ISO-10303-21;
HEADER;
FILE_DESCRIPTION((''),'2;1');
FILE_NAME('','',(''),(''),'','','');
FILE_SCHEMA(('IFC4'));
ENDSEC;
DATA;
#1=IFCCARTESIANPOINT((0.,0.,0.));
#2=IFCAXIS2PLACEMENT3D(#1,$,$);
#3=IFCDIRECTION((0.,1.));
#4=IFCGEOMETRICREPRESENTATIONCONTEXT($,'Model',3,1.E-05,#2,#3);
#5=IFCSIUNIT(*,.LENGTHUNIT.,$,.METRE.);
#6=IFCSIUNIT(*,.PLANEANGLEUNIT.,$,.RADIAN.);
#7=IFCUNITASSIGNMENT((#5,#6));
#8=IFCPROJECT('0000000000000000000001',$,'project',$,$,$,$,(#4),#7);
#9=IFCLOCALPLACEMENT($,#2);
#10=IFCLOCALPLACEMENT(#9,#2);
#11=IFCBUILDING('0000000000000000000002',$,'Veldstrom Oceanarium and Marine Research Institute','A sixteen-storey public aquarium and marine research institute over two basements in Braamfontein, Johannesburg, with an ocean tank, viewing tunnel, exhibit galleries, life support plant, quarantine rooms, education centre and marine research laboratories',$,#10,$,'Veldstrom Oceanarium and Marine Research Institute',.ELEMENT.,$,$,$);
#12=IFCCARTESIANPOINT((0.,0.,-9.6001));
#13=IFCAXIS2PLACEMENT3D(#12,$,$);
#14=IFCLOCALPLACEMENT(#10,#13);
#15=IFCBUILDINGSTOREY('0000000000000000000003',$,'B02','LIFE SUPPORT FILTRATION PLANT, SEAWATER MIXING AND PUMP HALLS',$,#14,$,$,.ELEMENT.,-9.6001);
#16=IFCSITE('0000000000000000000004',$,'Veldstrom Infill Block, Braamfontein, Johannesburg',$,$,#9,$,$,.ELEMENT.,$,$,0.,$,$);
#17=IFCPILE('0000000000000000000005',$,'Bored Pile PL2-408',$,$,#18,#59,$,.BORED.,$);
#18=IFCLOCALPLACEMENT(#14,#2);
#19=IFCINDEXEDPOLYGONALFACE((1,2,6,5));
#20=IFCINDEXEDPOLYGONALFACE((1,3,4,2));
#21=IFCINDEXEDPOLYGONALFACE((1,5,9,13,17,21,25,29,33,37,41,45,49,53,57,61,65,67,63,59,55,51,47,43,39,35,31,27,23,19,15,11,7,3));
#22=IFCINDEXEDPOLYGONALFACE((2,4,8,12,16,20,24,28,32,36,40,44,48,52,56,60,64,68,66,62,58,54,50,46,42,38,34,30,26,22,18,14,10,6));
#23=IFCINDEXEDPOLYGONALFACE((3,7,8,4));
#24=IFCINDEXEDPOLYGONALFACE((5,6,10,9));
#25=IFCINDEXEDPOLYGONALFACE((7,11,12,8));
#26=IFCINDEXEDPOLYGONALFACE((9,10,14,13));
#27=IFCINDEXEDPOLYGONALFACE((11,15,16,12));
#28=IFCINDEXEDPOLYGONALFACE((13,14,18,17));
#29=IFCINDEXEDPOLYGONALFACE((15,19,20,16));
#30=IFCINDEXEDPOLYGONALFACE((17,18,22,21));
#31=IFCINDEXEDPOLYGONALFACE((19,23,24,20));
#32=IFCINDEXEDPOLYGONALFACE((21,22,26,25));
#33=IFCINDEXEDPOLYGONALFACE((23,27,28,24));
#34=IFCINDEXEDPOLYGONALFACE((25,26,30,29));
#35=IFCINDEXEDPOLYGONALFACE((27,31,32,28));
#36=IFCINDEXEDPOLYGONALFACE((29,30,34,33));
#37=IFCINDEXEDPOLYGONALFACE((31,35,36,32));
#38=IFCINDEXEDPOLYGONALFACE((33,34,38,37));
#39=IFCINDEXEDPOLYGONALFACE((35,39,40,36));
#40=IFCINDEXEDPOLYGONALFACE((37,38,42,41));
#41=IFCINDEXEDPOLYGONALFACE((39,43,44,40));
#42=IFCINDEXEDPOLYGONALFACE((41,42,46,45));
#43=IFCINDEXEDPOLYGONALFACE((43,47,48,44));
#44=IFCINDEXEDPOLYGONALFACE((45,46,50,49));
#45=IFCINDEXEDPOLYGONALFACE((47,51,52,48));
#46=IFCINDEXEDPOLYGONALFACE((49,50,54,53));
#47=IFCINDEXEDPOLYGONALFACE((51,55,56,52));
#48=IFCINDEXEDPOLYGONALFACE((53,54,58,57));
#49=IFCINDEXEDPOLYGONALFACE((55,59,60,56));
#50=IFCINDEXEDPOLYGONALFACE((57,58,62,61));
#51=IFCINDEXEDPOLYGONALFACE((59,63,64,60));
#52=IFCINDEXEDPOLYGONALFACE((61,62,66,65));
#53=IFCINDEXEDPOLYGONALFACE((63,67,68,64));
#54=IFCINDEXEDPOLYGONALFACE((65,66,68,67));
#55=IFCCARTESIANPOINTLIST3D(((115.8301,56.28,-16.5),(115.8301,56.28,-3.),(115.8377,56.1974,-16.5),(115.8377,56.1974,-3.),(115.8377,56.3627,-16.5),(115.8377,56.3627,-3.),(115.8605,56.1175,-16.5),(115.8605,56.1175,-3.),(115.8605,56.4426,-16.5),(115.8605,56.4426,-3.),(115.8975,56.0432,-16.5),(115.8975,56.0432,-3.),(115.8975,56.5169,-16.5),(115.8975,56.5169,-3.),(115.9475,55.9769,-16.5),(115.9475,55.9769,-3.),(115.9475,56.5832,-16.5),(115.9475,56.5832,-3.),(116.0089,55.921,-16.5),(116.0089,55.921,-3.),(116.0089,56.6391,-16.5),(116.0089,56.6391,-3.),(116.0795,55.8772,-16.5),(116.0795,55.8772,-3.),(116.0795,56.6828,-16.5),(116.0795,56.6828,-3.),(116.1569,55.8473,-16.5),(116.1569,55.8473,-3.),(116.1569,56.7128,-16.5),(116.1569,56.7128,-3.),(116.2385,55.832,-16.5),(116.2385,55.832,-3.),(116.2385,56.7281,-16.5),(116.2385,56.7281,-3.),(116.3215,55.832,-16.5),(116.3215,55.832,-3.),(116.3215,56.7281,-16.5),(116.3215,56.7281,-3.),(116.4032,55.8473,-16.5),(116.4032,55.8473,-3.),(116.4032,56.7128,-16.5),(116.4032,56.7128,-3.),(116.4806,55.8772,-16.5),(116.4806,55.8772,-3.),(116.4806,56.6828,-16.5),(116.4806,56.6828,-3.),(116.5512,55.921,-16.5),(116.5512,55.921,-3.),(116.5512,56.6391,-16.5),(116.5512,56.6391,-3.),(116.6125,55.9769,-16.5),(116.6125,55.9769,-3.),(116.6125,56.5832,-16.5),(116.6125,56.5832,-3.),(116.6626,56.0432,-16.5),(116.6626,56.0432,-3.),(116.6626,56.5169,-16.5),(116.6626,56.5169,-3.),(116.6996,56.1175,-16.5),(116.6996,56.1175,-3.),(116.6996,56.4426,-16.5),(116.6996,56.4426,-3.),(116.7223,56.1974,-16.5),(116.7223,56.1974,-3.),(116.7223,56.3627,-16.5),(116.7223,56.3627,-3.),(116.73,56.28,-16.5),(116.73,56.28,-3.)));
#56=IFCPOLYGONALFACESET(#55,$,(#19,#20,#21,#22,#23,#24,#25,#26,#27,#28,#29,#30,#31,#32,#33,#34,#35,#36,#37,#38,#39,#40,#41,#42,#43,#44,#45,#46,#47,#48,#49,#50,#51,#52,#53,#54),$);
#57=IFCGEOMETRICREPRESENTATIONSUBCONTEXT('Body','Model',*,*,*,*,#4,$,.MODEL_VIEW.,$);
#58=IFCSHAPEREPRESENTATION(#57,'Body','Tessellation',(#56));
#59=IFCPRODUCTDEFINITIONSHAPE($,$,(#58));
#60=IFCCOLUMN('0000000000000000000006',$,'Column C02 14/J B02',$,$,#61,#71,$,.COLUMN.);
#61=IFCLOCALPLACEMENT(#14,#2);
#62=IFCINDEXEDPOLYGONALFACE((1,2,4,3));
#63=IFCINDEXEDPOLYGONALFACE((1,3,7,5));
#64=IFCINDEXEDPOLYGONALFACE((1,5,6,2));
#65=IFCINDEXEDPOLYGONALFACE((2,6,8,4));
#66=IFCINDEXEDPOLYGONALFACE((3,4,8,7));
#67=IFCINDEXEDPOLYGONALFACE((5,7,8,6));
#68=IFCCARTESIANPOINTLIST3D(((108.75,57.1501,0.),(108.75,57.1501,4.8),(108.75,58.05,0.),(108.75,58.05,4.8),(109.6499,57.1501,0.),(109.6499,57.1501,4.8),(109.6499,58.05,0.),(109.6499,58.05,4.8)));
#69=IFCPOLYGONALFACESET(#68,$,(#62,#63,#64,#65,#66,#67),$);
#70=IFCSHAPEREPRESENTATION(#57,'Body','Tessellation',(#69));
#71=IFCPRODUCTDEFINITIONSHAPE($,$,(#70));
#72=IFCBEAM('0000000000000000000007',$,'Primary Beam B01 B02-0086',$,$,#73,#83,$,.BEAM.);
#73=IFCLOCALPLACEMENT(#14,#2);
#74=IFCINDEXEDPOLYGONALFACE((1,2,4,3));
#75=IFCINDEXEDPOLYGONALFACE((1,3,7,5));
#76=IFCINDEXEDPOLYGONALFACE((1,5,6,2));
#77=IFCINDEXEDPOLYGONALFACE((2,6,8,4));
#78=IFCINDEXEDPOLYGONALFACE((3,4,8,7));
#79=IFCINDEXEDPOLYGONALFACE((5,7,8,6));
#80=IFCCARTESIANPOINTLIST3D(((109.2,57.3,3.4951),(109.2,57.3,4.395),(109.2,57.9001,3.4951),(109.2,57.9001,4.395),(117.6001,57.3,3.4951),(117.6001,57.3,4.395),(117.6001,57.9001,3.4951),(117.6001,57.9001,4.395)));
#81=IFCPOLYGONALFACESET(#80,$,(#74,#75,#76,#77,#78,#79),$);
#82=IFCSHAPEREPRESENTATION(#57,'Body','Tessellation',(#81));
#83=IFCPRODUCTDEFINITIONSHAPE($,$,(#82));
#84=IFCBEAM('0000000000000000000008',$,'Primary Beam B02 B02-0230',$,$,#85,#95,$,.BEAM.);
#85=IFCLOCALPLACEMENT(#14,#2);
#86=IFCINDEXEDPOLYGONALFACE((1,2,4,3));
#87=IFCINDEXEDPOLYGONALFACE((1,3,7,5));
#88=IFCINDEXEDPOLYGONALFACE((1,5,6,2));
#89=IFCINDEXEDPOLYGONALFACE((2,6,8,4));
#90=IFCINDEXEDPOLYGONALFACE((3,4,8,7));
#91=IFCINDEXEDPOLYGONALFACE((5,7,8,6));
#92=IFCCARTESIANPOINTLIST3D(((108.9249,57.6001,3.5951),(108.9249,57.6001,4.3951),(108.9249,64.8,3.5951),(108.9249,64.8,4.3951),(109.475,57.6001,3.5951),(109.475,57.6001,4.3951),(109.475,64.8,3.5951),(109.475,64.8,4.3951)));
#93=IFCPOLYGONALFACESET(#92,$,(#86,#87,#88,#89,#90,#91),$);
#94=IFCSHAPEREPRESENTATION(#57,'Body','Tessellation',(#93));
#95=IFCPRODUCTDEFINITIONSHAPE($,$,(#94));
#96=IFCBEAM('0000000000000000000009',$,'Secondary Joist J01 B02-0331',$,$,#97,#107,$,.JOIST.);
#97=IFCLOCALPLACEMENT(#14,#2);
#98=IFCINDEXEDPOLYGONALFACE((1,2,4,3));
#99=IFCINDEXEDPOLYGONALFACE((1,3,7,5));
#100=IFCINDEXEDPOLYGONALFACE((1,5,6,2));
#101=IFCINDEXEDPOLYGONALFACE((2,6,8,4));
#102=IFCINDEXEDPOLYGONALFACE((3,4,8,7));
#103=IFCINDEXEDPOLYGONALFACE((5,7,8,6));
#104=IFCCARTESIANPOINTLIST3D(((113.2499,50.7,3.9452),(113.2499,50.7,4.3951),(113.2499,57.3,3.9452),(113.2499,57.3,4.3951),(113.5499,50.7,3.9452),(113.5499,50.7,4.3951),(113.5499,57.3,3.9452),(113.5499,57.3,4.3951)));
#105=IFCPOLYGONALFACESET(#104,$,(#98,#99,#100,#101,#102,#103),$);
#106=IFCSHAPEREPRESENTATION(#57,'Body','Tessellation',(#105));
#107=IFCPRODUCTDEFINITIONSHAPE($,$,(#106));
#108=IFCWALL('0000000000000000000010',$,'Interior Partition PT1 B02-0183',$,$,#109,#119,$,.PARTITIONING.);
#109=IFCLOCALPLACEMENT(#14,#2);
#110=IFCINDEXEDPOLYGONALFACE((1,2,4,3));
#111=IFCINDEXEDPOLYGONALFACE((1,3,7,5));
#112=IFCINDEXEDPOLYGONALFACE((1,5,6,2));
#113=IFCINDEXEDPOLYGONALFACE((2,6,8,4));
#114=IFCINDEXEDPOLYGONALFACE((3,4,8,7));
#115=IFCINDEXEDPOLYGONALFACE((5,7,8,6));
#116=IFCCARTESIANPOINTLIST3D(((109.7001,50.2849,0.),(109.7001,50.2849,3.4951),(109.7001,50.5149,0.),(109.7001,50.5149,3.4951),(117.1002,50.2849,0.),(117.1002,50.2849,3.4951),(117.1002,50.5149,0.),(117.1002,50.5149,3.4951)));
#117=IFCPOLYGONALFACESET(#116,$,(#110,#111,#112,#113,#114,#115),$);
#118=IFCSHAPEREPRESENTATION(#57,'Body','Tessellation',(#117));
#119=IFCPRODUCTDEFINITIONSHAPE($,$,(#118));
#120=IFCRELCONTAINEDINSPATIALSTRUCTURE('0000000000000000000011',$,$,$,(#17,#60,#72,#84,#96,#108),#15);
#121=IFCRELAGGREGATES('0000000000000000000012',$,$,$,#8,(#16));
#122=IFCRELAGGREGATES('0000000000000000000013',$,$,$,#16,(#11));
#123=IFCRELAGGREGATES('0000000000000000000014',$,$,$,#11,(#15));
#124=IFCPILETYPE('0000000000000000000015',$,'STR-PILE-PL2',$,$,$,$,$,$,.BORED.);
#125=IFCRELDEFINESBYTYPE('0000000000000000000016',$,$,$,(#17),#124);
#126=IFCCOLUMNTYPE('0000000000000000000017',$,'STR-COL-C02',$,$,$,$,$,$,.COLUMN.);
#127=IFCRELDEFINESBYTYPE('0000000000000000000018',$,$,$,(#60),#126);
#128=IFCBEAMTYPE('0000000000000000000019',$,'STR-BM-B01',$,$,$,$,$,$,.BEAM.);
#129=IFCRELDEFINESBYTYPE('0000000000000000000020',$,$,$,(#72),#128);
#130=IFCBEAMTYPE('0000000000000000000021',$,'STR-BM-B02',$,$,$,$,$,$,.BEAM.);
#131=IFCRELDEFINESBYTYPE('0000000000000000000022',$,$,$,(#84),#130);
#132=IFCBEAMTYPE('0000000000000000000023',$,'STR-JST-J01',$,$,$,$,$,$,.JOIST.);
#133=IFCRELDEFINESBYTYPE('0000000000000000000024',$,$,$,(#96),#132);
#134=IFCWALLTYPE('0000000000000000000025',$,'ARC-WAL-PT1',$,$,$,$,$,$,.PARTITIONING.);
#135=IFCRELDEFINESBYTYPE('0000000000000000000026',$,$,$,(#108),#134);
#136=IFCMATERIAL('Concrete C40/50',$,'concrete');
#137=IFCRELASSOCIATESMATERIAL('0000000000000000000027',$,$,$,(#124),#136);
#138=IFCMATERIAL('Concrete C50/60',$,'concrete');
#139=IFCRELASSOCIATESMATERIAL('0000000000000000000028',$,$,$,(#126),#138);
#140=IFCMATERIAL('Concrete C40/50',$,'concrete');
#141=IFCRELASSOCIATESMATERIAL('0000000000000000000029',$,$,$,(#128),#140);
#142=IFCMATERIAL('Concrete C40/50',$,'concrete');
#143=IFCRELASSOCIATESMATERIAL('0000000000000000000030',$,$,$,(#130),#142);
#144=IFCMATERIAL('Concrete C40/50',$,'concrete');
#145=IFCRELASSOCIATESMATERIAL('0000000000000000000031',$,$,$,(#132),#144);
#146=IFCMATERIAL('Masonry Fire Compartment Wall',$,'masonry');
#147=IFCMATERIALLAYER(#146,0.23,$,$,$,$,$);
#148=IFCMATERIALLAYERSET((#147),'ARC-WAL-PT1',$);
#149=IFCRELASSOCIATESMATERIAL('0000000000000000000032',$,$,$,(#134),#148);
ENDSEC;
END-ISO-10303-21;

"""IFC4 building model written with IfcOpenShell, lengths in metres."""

from ifc_helpers import new_model, si_unit, direction, frame, frame_2d, origin, origin_2d, place, context, subcontext, project, spatial, rectangle, circle, extrude, material, layer, layer_set, material_profile, profile_set, type_object, element, save


model = new_model("IFC4")

# Units and contexts
model_context = context("Model", 3, precision=1e-05, world=origin(), true_north=direction((0.0, 1.0)))
body_context = subcontext(model_context, "Body", "Model", "MODEL_VIEW")
ifc_project = project(units=[si_unit("LENGTHUNIT", "METRE"), si_unit("PLANEANGLEUNIT", "RADIAN")], contexts=[model_context])

# Site, building, storey
site_placement = place(None, origin())
site = spatial("IfcSite", under=ifc_project, at=site_placement, Name="Veldstrom Infill Block, Braamfontein, Johannesburg", CompositionType="ELEMENT", RefElevation=0.0)
building_placement = place(site_placement, origin())
building = spatial("IfcBuilding", under=site, at=building_placement, Name="Veldstrom Oceanarium and Marine Research Institute", Description="A sixteen-storey public aquarium and marine research institute over two basements in Braamfontein, Johannesburg, with an ocean tank, viewing tunnel, exhibit galleries, life support plant, quarantine rooms, education centre and marine research laboratories", LongName="Veldstrom Oceanarium and Marine Research Institute", CompositionType="ELEMENT")
storey_placement = place(building_placement, frame((0.0, 0.0, -9.6001)))
storey = spatial("IfcBuildingStorey", under=building, at=storey_placement, Name="B02", Description="LIFE SUPPORT FILTRATION PLANT, SEAWATER MIXING AND PUMP HALLS", CompositionType="ELEMENT", Elevation=-9.6001)

# Pile
ifc_material_1 = material(Name="Concrete C40/50", Category="concrete")
ifc_material_profile_1 = material_profile(ifc_material_1, circle(Radius=0.45, at=origin_2d()), Name="PILE-D900")
ifc_profile_set_1 = profile_set([ifc_material_profile_1], Name="Concrete C40/50")
pile_type = type_object("IfcPileType", Name="STR-PILE-PL2", PredefinedType="BORED", material=ifc_profile_set_1)
for number, where, z_axis, x_axis, name in (
    (1, (116.28, 56.28, -3.0), (0.0, 0.0, -1.0), (1.0, 0.0, 0.0), "Bored Pile PL2-408"),
):
    element("IfcPile", number, at=place(storey_placement, frame(where, z_axis=z_axis, x_axis=x_axis)), inside=storey, type_object=pile_type, Name=name, PredefinedType="BORED", context=body_context, shape_type="SweptSolid", body=[
        extrude(circle(Radius=0.45, at=origin_2d()), origin(), (0.0, 0.0, 1.0), 13.5),
    ])

# Column
ifc_material_2 = material(Name="Concrete C50/60", Category="concrete")
ifc_material_profile_2 = material_profile(ifc_material_2, rectangle(XDim=0.8999, YDim=0.8999, at=origin_2d()), Name="RC-COL-900x900")
ifc_profile_set_2 = profile_set([ifc_material_profile_2], Name="Concrete C50/60")
column_type = type_object("IfcColumnType", Name="STR-COL-C02", PredefinedType="COLUMN", material=ifc_profile_set_2)
column_placement = place(storey_placement, frame((109.2, 57.6001, 0.0), z_axis=(0.0, 0.0, 1.0), x_axis=(1.0, 0.0, 0.0)))
element("IfcColumn", 2, at=column_placement, inside=storey, type_object=column_type, Name="Column C02 14/J B02", PredefinedType="COLUMN", context=body_context, shape_type="SweptSolid", body=[
    extrude(rectangle(XDim=0.8999, YDim=0.8999, at=origin_2d()), origin(), (0.0, 0.0, 1.0), 4.8),
])

# Beams
ifc_material_3 = material(Name="Concrete C40/50", Category="concrete")
ifc_material_profile_3 = material_profile(ifc_material_3, rectangle(XDim=0.6001, YDim=0.8999, at=origin_2d()), Name="RC-BM-600x900")
ifc_profile_set_3 = profile_set([ifc_material_profile_3], Name="Concrete C40/50")
beam_type_1 = type_object("IfcBeamType", Name="STR-BM-B01", PredefinedType="BEAM", material=ifc_profile_set_3)
beam_1_placement = place(storey_placement, frame((109.2, 57.6001, 3.9451), z_axis=(1.0, 0.0, 0.0), x_axis=(0.0, 1.0, 0.0)))
element("IfcBeam", 3, at=beam_1_placement, inside=storey, type_object=beam_type_1, Name="Primary Beam B01 B02-0086", PredefinedType="BEAM", context=body_context, shape_type="SweptSolid", body=[
    extrude(rectangle(XDim=0.6001, YDim=0.8999, at=origin_2d()), origin(), (0.0, 0.0, 1.0), 8.4001),
])
ifc_material_4 = material(Name="Concrete C40/50", Category="concrete")
ifc_material_profile_4 = material_profile(ifc_material_4, rectangle(XDim=0.55, YDim=0.8, at=origin_2d()), Name="RC-BM-550x800")
ifc_profile_set_4 = profile_set([ifc_material_profile_4], Name="Concrete C40/50")
beam_type_2 = type_object("IfcBeamType", Name="STR-BM-B02", PredefinedType="BEAM", material=ifc_profile_set_4)
beam_2_placement = place(storey_placement, frame((109.2, 57.6001, 3.9951), z_axis=(0.0, 1.0, 0.0), x_axis=(-1.0, 0.0, 0.0)))
element("IfcBeam", 4, at=beam_2_placement, inside=storey, type_object=beam_type_2, Name="Primary Beam B02 B02-0230", PredefinedType="BEAM", context=body_context, shape_type="SweptSolid", body=[
    extrude(rectangle(XDim=0.55, YDim=0.8, at=origin_2d()), origin(), (0.0, 0.0, 1.0), 7.2),
])
ifc_material_5 = material(Name="Concrete C40/50", Category="concrete")
ifc_material_profile_5 = material_profile(ifc_material_5, rectangle(XDim=0.3, YDim=0.45, at=origin_2d()), Name="RC-JST-300x450")
ifc_profile_set_5 = profile_set([ifc_material_profile_5], Name="Concrete C40/50")
beam_type_3 = type_object("IfcBeamType", Name="STR-JST-J01", PredefinedType="JOIST", material=ifc_profile_set_5)
beam_3_placement = place(storey_placement, frame((113.3999, 50.7, 4.1702), z_axis=(0.0, 1.0, 0.0), x_axis=(-1.0, 0.0, 0.0)))
element("IfcBeam", 5, at=beam_3_placement, inside=storey, type_object=beam_type_3, Name="Secondary Joist J01 B02-0331", PredefinedType="JOIST", context=body_context, shape_type="SweptSolid", body=[
    extrude(rectangle(XDim=0.3, YDim=0.45, at=origin_2d()), origin(), (0.0, 0.0, 1.0), 6.6001),
])

# Wall
ifc_material_6 = material(Name="Masonry Fire Compartment Wall", Category="masonry")
ifc_layer_1 = layer(ifc_material_6, 0.23)
ifc_layer_set_1 = layer_set([ifc_layer_1], Name="ARC-WAL-PT1")
wall_type_1 = type_object("IfcWallType", Name="ARC-WAL-PT1", PredefinedType="PARTITIONING", material=ifc_layer_set_1)
wall_1_placement = place(storey_placement, frame((109.7, 50.3999, 0.0), z_axis=(0.0, 0.0, 1.0), x_axis=(1.0, 0.0, 0.0)))
element("IfcWall", 6, at=wall_1_placement, inside=storey, type_object=wall_type_1, Name="Interior Partition PT1 B02-0183", PredefinedType="PARTITIONING", context=body_context, shape_type="SweptSolid", body=[
    extrude(rectangle(XDim=7.4001, YDim=0.23, at=frame_2d((3.7002, 0.0))), origin(), (0.0, 0.0, 1.0), 3.4951),
])

save(model, "model.ifc")
